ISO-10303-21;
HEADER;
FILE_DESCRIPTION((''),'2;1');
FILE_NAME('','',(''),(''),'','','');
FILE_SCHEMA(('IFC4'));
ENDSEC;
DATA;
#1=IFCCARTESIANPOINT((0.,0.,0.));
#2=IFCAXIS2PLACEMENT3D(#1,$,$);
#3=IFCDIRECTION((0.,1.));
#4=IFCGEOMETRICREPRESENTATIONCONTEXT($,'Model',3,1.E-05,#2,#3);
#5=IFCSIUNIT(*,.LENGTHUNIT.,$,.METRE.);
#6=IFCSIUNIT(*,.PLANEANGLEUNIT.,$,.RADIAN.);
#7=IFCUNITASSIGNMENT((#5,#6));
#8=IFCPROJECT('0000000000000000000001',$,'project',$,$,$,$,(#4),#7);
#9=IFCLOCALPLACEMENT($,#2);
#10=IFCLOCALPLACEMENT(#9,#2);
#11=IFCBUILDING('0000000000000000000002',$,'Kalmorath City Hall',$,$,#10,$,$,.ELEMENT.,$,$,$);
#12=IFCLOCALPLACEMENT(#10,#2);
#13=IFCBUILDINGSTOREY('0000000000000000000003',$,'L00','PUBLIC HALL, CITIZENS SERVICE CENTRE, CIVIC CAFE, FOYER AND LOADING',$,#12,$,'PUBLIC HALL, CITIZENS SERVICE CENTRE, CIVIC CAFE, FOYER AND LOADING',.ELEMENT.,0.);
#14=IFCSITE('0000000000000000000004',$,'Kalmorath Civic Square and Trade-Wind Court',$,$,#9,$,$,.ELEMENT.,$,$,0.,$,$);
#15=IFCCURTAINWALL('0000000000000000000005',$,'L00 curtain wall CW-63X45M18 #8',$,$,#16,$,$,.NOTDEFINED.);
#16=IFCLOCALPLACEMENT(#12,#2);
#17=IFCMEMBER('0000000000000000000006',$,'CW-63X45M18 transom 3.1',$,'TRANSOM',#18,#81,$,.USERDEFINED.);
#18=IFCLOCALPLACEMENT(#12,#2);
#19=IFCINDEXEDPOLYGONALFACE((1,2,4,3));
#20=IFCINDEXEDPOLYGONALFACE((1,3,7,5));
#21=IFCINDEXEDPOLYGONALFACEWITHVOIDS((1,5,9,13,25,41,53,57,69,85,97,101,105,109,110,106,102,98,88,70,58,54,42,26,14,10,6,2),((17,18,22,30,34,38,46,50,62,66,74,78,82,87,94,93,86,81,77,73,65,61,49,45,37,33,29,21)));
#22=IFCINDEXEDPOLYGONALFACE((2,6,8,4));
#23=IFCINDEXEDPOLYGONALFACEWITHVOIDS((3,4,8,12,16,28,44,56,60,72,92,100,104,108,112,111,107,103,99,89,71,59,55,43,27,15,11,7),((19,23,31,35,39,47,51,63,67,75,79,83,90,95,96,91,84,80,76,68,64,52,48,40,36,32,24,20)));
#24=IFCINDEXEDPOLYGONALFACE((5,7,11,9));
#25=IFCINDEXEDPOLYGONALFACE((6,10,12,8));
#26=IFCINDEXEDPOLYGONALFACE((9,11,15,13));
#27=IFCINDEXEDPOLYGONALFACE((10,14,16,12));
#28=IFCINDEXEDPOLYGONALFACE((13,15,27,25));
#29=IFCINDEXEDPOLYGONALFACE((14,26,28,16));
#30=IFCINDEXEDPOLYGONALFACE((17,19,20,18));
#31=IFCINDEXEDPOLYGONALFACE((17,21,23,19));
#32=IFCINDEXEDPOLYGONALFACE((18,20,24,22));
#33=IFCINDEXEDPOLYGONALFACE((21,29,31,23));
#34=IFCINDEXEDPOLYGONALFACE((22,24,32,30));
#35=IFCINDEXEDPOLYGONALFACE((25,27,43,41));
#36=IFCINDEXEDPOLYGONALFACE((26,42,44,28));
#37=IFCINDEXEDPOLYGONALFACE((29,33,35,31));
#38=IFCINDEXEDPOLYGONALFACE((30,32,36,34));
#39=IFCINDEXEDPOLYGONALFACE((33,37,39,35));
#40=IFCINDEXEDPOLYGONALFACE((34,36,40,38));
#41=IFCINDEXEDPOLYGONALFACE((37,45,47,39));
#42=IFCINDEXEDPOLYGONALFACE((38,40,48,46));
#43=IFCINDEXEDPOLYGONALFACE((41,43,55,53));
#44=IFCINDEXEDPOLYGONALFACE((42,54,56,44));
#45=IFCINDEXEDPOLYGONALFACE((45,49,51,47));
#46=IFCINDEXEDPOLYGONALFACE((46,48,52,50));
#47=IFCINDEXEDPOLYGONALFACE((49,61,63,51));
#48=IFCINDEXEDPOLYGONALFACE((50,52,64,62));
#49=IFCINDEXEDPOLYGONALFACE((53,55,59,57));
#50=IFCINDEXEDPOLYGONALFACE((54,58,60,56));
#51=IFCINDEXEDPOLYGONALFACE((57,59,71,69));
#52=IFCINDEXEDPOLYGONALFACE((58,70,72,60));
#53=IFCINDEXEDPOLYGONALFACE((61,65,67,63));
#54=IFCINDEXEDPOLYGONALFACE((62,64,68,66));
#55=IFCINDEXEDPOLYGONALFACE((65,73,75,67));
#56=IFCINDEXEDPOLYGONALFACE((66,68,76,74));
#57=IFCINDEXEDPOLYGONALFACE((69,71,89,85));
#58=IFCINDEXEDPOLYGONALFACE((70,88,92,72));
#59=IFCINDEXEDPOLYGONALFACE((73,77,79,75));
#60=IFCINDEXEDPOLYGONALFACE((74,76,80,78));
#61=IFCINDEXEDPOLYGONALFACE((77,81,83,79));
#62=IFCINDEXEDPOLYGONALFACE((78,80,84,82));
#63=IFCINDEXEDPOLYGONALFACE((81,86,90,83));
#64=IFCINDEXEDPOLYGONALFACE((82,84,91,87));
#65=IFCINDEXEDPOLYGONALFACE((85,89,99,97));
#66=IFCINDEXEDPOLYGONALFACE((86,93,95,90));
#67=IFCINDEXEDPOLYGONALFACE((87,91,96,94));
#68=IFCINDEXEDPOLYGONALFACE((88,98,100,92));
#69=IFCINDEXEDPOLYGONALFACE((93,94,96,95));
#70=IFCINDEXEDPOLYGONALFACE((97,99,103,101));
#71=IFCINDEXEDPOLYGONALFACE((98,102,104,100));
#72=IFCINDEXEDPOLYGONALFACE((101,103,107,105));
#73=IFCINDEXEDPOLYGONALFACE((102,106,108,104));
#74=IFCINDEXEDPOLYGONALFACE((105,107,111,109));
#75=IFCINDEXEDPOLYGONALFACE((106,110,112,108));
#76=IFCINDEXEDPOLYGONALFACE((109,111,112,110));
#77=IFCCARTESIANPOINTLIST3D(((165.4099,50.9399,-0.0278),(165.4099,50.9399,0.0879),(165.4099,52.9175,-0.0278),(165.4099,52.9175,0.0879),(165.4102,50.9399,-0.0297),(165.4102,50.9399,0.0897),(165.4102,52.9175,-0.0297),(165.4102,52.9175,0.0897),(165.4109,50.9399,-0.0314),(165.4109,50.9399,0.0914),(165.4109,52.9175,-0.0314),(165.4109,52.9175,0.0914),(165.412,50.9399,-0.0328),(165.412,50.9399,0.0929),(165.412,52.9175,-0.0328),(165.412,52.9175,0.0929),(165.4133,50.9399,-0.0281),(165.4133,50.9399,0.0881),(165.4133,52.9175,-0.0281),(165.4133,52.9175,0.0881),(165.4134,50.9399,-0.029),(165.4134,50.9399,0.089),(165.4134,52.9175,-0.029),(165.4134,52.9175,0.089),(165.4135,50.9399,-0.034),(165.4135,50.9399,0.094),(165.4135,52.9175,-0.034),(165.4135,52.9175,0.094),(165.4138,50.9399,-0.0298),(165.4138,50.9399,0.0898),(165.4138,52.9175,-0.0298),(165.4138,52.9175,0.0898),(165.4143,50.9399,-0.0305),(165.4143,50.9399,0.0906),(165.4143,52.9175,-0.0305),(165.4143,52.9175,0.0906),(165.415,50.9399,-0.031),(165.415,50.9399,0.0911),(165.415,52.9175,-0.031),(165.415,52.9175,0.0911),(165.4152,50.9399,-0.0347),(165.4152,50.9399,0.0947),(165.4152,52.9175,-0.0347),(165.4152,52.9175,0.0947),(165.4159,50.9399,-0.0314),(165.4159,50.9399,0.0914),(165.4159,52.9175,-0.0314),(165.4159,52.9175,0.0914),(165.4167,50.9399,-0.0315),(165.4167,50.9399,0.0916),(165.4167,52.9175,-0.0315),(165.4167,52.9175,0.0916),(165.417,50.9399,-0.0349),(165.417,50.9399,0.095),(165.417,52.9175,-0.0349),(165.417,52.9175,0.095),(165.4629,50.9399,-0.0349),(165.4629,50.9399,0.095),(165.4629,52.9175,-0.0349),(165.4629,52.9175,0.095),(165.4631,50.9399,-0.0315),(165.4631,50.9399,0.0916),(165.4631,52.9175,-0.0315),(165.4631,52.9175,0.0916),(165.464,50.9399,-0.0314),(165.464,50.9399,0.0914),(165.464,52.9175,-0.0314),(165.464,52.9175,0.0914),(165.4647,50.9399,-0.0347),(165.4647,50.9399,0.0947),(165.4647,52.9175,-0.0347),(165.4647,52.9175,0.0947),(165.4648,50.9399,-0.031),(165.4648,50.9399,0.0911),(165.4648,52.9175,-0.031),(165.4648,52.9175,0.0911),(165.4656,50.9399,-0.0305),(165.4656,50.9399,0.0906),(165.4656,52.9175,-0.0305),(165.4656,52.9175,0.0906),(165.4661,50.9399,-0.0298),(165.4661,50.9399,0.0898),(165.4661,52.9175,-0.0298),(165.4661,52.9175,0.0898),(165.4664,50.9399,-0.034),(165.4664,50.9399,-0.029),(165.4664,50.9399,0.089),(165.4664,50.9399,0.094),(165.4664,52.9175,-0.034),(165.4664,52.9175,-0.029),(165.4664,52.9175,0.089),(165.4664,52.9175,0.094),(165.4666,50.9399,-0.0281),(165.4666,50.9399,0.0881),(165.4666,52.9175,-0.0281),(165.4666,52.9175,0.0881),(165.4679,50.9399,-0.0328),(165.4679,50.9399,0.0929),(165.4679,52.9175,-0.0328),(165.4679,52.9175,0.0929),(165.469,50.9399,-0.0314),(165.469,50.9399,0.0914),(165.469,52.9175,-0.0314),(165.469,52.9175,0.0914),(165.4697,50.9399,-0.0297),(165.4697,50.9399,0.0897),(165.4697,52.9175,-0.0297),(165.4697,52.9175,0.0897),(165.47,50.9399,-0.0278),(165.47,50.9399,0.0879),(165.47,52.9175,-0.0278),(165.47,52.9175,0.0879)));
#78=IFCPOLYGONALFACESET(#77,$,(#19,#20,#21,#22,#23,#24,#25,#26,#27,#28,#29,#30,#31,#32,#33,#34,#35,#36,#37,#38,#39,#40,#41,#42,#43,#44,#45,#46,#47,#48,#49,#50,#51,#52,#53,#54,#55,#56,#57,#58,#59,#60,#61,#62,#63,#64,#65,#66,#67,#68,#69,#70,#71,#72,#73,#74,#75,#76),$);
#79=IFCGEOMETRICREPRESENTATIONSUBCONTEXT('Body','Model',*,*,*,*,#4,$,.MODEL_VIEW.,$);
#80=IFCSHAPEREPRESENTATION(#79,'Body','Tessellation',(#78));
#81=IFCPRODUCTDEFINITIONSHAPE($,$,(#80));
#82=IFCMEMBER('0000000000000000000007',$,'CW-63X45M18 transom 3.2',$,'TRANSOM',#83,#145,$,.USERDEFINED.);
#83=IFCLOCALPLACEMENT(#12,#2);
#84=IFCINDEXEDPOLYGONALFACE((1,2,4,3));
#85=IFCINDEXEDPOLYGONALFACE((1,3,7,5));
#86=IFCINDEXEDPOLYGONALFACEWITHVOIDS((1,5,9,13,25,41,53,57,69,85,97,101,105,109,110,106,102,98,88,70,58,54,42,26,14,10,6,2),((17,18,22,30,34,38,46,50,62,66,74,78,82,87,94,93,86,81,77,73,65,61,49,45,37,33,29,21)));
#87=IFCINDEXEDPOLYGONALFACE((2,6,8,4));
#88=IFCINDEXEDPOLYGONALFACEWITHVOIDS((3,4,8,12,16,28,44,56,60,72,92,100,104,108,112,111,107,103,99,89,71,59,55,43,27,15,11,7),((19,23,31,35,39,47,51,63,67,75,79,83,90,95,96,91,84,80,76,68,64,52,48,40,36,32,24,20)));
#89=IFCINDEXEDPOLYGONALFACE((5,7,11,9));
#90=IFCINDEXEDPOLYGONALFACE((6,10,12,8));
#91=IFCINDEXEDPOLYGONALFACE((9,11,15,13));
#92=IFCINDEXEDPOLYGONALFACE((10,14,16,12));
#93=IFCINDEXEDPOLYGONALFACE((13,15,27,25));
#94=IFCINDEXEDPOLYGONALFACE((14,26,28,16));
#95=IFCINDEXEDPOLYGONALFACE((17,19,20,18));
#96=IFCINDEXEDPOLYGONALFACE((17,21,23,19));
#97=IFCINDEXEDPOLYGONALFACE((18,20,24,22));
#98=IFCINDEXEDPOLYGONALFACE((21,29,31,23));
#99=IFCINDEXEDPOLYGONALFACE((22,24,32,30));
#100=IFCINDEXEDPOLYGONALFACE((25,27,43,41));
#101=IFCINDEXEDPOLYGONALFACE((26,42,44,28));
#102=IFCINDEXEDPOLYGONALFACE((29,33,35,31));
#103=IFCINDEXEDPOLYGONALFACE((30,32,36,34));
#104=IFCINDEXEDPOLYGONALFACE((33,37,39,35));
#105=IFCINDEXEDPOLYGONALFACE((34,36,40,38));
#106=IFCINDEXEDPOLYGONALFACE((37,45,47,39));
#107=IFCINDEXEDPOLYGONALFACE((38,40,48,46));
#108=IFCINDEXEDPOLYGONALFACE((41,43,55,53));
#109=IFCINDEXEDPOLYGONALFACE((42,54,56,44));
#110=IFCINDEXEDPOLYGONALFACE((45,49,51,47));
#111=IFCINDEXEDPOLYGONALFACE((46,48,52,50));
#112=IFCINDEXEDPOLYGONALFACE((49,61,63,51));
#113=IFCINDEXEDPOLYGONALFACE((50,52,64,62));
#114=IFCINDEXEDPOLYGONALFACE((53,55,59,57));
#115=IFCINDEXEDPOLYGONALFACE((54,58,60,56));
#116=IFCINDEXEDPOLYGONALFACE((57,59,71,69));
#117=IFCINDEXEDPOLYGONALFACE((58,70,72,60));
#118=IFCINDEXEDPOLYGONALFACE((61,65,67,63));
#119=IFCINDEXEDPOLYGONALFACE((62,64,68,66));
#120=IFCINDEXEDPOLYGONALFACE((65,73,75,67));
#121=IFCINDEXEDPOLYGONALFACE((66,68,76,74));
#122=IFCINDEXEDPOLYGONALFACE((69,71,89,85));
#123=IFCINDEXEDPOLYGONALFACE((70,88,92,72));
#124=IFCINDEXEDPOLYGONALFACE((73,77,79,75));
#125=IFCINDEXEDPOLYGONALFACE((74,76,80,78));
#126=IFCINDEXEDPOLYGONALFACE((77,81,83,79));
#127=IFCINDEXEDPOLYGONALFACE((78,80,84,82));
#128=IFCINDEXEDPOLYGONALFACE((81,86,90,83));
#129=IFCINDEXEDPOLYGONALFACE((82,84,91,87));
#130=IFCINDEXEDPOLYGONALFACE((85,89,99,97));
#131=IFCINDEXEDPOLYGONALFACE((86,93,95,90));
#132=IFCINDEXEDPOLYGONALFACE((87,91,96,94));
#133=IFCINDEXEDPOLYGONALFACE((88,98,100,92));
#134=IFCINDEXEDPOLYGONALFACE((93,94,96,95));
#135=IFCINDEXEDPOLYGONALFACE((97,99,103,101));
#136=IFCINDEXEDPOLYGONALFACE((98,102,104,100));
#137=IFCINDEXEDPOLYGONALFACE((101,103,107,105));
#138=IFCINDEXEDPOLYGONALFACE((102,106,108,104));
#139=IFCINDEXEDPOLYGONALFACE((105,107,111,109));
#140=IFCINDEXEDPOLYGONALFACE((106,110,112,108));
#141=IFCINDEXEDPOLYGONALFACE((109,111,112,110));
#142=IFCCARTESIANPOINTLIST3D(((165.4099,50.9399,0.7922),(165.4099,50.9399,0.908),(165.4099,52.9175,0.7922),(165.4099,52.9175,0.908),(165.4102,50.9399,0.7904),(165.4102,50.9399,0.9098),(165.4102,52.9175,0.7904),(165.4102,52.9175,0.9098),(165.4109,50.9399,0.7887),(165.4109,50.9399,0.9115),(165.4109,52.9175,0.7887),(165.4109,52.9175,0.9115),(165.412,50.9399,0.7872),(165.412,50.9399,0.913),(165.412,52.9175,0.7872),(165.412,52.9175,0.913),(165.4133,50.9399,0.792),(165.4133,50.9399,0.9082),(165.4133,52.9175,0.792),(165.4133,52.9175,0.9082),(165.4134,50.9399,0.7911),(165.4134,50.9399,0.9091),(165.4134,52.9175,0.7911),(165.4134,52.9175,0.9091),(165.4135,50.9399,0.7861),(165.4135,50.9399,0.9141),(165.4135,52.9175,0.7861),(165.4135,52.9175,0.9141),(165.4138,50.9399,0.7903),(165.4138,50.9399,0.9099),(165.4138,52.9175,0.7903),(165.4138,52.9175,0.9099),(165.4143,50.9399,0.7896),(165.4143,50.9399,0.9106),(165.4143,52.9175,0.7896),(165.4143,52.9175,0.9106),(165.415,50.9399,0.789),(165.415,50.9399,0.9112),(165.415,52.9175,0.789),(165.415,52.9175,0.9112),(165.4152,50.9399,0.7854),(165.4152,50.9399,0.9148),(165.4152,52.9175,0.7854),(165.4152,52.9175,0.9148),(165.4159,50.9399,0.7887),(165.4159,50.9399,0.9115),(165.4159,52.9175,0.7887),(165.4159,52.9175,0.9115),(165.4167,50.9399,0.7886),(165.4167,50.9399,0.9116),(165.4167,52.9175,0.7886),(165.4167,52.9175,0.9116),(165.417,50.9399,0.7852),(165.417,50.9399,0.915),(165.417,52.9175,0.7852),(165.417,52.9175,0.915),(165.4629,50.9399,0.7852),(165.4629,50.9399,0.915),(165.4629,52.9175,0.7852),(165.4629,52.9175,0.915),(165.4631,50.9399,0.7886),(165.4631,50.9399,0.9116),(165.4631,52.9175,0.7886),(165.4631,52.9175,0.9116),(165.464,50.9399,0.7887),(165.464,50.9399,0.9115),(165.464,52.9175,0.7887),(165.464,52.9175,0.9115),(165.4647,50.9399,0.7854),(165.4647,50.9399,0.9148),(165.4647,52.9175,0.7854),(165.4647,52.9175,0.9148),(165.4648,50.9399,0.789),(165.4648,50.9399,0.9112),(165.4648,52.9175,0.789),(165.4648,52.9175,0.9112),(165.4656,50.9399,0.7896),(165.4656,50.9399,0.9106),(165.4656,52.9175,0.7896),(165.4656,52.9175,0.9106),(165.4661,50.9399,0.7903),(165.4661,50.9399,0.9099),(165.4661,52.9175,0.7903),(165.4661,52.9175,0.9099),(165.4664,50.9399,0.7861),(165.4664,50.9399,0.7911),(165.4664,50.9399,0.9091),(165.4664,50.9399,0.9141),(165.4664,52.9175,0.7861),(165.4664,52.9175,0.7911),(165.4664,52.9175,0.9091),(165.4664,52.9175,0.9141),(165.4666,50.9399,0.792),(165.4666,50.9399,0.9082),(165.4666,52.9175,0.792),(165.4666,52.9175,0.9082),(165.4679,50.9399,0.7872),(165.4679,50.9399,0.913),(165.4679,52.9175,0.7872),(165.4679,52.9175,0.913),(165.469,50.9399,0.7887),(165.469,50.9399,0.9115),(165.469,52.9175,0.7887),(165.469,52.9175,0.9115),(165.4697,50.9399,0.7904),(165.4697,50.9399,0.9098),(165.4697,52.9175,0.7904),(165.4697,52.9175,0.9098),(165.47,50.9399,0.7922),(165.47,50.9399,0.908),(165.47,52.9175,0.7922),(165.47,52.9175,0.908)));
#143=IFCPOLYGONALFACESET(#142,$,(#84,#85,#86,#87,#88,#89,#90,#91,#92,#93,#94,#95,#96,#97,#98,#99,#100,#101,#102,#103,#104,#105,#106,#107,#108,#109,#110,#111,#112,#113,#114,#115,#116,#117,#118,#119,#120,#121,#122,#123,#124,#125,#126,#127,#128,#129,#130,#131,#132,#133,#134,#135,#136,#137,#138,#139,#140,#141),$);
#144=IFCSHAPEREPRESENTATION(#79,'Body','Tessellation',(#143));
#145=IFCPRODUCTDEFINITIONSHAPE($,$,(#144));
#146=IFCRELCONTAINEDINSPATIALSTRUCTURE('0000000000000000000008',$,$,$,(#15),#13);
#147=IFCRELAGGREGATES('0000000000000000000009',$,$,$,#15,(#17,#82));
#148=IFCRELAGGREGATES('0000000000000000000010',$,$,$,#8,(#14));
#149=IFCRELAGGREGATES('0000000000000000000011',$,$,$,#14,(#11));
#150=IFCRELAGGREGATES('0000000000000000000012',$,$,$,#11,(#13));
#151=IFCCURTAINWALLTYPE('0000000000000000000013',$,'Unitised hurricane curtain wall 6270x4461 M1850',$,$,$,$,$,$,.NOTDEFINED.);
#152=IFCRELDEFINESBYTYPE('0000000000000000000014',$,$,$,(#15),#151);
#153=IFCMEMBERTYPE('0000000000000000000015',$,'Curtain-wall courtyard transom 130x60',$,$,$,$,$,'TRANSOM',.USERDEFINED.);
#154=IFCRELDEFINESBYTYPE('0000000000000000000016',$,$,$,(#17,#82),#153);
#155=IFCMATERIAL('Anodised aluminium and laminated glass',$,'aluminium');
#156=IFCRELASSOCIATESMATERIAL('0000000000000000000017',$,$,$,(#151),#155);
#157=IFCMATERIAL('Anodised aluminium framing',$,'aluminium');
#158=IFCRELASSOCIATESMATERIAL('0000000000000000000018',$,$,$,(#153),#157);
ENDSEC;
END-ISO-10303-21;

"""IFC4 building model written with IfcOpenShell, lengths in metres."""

from ifc_helpers import new_model, si_unit, direction, frame, origin, origin_2d, place, context, subcontext, project, spatial, hollow_rectangle, extrude, material, material_profile, profile_set, type_object, element, aggregate, save


model = new_model("IFC4")

# Units and contexts
model_context = context("Model", 3, precision=1e-05, world=origin(), true_north=direction((0.0, 1.0)))
body_context = subcontext(model_context, "Body", "Model", "MODEL_VIEW")
ifc_project = project(units=[si_unit("LENGTHUNIT", "METRE"), si_unit("PLANEANGLEUNIT", "RADIAN")], contexts=[model_context])

# Site, building, storey
site_placement = place(None, origin())
site = spatial("IfcSite", under=ifc_project, at=site_placement, Name="Kalmorath Civic Square and Trade-Wind Court", CompositionType="ELEMENT", RefElevation=0.0)
building_placement = place(site_placement, origin())
building = spatial("IfcBuilding", under=site, at=building_placement, Name="Kalmorath City Hall", CompositionType="ELEMENT")
storey_placement = place(building_placement, origin())
storey = spatial("IfcBuildingStorey", under=building, at=storey_placement, Name="L00", Description="PUBLIC HALL, CITIZENS SERVICE CENTRE, CIVIC CAFE, FOYER AND LOADING", LongName="PUBLIC HALL, CITIZENS SERVICE CENTRE, CIVIC CAFE, FOYER AND LOADING", CompositionType="ELEMENT", Elevation=0.0)

# Curtain wall, members
ifc_material_1 = material(Name="Anodised aluminium and laminated glass", Category="aluminium")
curtain_wall_type = type_object("IfcCurtainWallType", Name="Unitised hurricane curtain wall 6270x4461 M1850", PredefinedType="NOTDEFINED", material=ifc_material_1)
curtain_wall_placement = place(storey_placement, origin())
curtain_wall = element("IfcCurtainWall", 1, at=curtain_wall_placement, inside=storey, type_object=curtain_wall_type, Name="L00 curtain wall CW-63X45M18 #8", PredefinedType="NOTDEFINED")
ifc_material_2 = material(Name="Anodised aluminium framing", Category="aluminium")
ifc_material_profile_1 = material_profile(ifc_material_2, hollow_rectangle(XDim=0.0601, YDim=0.1299, WallThickness=0.0034, InnerFilletRadius=0.0034, OuterFilletRadius=0.0071, at=origin_2d()), Name="ALU-TRN-130X60X3.5")
ifc_profile_set_1 = profile_set([ifc_material_profile_1], Name="Anodised aluminium framing")
member_type_1 = type_object("IfcMemberType", Name="Curtain-wall courtyard transom 130x60", ElementType="TRANSOM", PredefinedType="USERDEFINED", material=ifc_profile_set_1)
member_1_placement = place(storey_placement, frame((165.4399, 52.9175, 0.03), z_axis=(0.0, -1.0, 0.0), x_axis=(1.0, 0.0, 0.0)))
member_1 = element("IfcMember", 2, at=member_1_placement, type_object=member_type_1, Name="CW-63X45M18 transom 3.1", ObjectType="TRANSOM", PredefinedType="USERDEFINED", context=body_context, shape_type="SweptSolid", body=[
    extrude(hollow_rectangle(XDim=0.0601, YDim=0.1299, WallThickness=0.0034, InnerFilletRadius=0.0034, OuterFilletRadius=0.0071, at=origin_2d()), origin(), (0.0, 0.0, 1.0), 1.9775),
])
member_2_placement = place(storey_placement, frame((165.4399, 52.9175, 0.8501), z_axis=(0.0, -1.0, 0.0), x_axis=(1.0, 0.0, 0.0)))
member_2 = element("IfcMember", 3, at=member_2_placement, type_object=member_type_1, Name="CW-63X45M18 transom 3.2", ObjectType="TRANSOM", PredefinedType="USERDEFINED", context=body_context, shape_type="SweptSolid", body=[
    extrude(hollow_rectangle(XDim=0.0601, YDim=0.1299, WallThickness=0.0034, InnerFilletRadius=0.0034, OuterFilletRadius=0.0071, at=origin_2d()), origin(), (0.0, 0.0, 1.0), 1.9775),
])
aggregate(curtain_wall, [member_1, member_2])

save(model, "model.ifc")
